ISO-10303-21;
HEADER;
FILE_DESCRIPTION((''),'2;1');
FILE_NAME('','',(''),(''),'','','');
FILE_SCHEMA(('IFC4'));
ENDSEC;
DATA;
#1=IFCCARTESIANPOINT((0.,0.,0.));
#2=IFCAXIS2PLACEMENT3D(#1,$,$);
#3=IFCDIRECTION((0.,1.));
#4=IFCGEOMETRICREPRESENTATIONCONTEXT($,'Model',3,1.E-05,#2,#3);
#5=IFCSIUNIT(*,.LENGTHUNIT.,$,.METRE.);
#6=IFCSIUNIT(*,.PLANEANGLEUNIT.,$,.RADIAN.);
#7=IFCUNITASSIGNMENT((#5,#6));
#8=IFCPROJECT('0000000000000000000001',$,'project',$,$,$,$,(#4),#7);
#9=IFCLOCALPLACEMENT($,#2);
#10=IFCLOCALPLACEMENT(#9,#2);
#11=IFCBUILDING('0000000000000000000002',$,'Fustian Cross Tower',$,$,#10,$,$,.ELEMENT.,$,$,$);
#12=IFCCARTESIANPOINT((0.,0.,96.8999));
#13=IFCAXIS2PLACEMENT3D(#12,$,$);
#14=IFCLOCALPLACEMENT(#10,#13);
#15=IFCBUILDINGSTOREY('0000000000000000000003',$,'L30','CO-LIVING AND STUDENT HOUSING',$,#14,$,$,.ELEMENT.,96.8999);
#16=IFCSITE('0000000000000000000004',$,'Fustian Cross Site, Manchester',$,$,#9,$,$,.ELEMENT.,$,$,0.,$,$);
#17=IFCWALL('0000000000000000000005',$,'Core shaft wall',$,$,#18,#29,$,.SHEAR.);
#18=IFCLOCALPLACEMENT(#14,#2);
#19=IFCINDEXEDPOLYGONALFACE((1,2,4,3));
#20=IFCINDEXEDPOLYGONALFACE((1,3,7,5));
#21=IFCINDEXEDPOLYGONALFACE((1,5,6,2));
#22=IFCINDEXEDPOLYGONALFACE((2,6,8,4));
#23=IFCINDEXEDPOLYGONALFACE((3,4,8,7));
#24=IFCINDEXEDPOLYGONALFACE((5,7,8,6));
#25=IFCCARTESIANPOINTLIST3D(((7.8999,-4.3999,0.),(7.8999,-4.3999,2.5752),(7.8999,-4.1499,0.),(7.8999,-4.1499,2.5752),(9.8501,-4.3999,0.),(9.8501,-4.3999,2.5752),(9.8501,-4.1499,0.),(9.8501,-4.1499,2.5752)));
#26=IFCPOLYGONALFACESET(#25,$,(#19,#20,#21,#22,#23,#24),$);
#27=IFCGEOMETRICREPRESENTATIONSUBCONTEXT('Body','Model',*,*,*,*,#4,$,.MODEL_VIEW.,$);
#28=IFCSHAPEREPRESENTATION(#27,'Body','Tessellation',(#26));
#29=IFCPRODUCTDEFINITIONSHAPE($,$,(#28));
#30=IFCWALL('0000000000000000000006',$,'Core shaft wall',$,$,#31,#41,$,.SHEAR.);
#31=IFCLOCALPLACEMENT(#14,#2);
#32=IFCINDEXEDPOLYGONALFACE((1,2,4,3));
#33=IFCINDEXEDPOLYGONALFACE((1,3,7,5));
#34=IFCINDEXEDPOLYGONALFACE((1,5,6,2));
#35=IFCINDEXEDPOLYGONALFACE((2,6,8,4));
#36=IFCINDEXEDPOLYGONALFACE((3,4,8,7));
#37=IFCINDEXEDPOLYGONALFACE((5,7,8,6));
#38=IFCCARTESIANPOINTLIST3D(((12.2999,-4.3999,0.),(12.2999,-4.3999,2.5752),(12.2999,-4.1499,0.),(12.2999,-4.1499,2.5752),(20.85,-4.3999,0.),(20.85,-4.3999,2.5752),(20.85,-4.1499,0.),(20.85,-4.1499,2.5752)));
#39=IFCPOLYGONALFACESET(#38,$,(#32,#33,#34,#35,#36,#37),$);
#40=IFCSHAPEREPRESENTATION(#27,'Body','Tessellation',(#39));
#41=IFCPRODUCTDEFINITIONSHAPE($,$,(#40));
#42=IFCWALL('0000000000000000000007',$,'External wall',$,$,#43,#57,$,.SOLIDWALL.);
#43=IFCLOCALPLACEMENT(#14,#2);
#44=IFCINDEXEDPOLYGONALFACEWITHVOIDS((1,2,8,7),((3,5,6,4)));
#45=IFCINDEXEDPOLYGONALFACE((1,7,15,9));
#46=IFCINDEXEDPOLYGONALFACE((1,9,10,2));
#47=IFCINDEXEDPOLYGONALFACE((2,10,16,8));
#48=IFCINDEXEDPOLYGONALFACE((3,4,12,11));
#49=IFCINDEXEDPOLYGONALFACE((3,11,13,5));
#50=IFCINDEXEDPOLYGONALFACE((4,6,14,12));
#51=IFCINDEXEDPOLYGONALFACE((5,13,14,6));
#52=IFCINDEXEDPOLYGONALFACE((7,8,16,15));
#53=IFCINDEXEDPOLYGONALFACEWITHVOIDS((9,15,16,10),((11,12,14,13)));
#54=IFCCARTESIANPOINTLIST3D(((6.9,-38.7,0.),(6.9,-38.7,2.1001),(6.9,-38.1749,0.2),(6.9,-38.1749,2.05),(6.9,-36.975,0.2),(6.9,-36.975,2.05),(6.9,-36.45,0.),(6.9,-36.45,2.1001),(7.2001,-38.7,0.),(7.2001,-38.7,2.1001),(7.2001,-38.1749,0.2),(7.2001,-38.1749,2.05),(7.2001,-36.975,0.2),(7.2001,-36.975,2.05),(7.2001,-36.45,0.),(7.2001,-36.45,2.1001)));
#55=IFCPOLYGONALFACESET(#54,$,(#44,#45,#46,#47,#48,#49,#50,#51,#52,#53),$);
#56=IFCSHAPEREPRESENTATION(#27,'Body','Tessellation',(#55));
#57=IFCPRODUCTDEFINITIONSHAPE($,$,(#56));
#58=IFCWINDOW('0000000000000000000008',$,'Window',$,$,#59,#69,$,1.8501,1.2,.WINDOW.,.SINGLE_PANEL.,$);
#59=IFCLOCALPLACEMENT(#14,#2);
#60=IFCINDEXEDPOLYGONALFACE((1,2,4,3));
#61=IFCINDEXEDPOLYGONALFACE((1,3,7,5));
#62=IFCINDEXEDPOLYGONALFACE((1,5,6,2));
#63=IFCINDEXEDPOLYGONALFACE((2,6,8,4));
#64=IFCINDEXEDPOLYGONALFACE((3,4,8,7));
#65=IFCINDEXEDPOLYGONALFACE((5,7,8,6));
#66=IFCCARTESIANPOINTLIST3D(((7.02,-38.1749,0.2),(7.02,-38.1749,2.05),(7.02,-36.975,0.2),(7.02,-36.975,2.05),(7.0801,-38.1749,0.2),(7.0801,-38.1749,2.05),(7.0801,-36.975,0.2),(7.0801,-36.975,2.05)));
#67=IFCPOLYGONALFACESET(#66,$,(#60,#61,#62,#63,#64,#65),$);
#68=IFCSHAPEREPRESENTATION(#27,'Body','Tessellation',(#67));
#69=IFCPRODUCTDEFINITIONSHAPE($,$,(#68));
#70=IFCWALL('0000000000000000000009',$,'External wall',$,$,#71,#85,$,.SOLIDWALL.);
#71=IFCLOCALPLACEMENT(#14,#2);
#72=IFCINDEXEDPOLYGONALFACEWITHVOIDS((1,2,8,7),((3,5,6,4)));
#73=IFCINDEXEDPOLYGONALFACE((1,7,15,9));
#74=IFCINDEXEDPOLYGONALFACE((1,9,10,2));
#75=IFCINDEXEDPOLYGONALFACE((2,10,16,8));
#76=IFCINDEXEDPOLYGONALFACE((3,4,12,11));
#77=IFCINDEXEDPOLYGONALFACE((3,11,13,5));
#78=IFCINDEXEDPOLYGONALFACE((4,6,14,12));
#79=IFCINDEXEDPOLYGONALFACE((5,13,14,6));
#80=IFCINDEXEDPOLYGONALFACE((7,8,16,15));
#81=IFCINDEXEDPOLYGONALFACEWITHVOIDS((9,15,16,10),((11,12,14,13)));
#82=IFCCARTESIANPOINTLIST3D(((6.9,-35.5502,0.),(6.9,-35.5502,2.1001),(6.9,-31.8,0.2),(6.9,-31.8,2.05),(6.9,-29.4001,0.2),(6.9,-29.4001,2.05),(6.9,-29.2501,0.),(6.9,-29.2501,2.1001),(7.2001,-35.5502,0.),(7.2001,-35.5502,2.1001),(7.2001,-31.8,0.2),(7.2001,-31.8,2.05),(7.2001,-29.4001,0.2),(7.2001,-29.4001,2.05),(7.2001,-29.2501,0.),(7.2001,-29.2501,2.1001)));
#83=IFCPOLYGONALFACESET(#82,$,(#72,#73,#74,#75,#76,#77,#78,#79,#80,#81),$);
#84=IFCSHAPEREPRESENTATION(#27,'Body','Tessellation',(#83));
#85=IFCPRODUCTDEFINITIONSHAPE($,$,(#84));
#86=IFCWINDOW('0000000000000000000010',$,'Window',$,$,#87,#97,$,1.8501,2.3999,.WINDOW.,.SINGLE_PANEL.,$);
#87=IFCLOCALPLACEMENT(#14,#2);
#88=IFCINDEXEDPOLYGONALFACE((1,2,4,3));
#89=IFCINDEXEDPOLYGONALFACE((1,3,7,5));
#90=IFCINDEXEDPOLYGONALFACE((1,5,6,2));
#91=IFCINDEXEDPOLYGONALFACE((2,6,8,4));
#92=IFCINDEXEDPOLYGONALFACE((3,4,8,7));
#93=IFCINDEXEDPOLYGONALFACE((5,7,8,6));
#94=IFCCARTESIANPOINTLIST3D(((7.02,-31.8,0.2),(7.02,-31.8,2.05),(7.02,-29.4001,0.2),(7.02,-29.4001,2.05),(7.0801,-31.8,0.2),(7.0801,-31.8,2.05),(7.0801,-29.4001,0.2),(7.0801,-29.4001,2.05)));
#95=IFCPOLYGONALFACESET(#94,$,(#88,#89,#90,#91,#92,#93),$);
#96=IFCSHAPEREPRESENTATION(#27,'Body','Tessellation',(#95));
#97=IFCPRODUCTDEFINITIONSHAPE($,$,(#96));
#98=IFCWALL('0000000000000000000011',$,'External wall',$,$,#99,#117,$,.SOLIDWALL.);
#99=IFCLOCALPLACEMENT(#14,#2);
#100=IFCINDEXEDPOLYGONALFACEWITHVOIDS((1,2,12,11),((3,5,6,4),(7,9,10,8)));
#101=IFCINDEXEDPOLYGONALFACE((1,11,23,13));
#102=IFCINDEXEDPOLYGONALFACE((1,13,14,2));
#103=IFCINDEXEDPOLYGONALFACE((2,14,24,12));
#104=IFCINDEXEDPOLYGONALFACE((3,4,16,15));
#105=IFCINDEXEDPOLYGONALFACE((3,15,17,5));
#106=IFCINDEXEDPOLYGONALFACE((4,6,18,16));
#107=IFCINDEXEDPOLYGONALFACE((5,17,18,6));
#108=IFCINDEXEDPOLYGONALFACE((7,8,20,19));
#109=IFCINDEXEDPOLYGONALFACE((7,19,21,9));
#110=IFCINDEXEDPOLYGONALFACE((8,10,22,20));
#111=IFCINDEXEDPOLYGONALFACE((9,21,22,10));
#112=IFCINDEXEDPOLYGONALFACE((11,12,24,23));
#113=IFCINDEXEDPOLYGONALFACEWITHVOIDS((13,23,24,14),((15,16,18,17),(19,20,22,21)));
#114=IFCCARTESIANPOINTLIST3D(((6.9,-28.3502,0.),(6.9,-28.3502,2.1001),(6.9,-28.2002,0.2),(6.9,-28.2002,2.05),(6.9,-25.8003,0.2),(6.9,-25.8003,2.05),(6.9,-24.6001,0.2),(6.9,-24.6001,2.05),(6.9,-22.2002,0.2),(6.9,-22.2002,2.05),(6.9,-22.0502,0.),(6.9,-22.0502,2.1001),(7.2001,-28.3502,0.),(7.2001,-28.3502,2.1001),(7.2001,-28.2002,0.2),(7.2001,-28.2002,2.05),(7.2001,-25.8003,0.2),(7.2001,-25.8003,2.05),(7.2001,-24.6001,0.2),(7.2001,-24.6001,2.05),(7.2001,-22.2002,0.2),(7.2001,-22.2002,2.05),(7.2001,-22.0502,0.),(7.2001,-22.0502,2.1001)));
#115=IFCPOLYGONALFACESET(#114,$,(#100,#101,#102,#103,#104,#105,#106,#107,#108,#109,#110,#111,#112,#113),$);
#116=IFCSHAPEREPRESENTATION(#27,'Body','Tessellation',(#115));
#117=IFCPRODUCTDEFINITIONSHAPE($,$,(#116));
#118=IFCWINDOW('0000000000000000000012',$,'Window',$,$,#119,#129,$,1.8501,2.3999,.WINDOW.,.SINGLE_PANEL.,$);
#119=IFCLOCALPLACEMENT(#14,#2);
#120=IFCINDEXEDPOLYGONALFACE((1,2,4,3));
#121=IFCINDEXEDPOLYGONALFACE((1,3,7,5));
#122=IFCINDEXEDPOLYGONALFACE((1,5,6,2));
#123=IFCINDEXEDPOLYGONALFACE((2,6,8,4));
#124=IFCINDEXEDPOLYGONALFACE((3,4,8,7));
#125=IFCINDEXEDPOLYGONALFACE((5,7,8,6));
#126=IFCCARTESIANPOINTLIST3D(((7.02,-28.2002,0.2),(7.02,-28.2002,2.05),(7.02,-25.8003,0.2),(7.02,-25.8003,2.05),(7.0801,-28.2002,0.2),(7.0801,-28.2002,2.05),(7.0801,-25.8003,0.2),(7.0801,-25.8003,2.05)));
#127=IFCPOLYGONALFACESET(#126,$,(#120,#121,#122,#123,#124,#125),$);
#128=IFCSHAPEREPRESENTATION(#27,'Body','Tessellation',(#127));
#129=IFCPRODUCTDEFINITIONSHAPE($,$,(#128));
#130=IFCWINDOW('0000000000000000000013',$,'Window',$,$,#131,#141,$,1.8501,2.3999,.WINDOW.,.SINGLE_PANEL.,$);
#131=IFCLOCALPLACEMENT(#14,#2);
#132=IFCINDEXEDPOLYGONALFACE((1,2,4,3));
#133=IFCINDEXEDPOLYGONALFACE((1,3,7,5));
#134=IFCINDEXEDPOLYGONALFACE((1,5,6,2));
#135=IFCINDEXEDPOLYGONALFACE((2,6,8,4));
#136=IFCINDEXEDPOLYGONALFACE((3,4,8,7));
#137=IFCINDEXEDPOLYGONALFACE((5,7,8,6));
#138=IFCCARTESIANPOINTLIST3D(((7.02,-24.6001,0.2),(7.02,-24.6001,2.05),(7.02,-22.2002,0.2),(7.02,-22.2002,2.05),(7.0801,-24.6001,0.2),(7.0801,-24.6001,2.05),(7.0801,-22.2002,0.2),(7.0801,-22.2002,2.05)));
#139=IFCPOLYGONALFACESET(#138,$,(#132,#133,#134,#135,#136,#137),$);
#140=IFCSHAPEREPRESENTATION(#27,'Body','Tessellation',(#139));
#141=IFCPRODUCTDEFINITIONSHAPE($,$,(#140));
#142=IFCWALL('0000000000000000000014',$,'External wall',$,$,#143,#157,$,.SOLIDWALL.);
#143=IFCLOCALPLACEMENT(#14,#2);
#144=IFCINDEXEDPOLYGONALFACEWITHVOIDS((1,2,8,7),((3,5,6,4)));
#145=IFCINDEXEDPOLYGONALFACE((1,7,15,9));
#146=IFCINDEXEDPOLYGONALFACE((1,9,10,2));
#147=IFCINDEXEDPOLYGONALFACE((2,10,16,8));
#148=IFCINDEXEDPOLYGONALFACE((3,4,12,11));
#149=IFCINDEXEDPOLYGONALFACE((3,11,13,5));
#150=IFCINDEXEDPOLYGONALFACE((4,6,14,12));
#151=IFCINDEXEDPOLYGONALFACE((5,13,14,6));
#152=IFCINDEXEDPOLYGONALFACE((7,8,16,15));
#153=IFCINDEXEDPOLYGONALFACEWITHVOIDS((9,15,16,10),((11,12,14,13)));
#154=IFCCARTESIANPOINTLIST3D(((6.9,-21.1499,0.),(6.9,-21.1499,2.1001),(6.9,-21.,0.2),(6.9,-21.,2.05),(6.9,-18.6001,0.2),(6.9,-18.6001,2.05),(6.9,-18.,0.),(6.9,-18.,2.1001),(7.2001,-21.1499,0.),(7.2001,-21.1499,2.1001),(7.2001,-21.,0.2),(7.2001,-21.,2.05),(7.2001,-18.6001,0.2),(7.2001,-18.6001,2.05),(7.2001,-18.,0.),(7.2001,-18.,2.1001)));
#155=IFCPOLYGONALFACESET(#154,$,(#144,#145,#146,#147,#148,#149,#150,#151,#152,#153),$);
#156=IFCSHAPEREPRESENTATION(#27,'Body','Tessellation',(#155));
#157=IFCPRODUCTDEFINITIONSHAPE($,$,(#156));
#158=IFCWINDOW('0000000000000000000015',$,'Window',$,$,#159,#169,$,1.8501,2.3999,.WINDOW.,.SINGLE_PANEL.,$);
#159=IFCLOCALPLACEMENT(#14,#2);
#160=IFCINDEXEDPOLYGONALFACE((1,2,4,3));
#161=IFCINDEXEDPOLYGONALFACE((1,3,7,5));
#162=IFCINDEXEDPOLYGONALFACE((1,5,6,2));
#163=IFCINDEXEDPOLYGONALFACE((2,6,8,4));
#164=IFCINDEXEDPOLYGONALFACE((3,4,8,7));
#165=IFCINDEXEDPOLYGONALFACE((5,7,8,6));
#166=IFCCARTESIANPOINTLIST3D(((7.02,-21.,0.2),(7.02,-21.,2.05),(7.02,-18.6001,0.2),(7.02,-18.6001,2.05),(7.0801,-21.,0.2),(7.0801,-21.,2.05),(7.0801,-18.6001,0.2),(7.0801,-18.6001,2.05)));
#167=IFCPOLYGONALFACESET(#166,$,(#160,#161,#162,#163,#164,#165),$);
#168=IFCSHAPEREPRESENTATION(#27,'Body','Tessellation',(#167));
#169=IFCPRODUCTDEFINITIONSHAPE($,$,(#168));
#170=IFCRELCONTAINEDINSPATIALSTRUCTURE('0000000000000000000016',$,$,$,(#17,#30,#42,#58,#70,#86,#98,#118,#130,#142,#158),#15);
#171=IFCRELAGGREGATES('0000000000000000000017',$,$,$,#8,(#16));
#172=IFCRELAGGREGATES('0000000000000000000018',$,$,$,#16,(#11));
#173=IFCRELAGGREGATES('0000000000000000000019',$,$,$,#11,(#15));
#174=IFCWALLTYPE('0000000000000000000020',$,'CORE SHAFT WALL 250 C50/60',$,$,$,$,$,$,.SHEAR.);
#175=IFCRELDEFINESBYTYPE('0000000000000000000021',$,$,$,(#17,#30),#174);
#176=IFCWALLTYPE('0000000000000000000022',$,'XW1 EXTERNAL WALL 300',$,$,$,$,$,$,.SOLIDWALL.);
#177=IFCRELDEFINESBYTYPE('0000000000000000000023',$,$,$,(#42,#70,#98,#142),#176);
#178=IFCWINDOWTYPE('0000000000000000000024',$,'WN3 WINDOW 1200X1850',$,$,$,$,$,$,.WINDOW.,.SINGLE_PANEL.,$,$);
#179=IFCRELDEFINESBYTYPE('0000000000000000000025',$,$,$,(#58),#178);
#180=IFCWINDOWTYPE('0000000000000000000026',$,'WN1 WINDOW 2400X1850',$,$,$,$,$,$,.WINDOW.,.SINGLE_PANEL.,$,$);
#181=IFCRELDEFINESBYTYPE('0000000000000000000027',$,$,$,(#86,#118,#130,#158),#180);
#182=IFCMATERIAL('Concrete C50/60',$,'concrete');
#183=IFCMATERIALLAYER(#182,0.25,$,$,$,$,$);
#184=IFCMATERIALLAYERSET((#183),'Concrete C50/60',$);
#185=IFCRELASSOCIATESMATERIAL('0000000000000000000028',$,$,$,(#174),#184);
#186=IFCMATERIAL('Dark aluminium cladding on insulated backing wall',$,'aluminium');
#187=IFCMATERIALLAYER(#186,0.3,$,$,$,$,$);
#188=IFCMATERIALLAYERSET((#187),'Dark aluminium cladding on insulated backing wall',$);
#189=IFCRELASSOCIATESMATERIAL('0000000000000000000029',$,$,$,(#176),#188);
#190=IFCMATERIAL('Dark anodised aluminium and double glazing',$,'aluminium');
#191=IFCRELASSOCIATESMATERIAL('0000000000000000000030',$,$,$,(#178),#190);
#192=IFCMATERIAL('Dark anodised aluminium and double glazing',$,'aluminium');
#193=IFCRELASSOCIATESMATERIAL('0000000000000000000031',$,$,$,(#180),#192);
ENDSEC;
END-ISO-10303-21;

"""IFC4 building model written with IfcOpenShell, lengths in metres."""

from ifc_helpers import new_model, si_unit, direction, frame, frame_2d, origin, place, context, subcontext, project, spatial, rectangle, extrude, material, layer, layer_set, type_object, element, fill, save


model = new_model("IFC4")

# Units and contexts
model_context = context("Model", 3, precision=1e-05, world=origin(), true_north=direction((0.0, 1.0)))
body_context = subcontext(model_context, "Body", "Model", "MODEL_VIEW")
ifc_project = project(units=[si_unit("LENGTHUNIT", "METRE"), si_unit("PLANEANGLEUNIT", "RADIAN")], contexts=[model_context])

# Site, building, storey
site_placement = place(None, origin())
site = spatial("IfcSite", under=ifc_project, at=site_placement, Name="Fustian Cross Site, Manchester", CompositionType="ELEMENT", RefElevation=0.0)
building_placement = place(site_placement, origin())
building = spatial("IfcBuilding", under=site, at=building_placement, Name="Fustian Cross Tower", CompositionType="ELEMENT")
storey_placement = place(building_placement, frame((0.0, 0.0, 96.8999)))
storey = spatial("IfcBuildingStorey", under=building, at=storey_placement, Name="L30", Description="CO-LIVING AND STUDENT HOUSING", CompositionType="ELEMENT", Elevation=96.8999)

# Walls
ifc_material_1 = material(Name="Concrete C50/60", Category="concrete")
ifc_layer_1 = layer(ifc_material_1, 0.25)
ifc_layer_set_1 = layer_set([ifc_layer_1], Name="Concrete C50/60")
wall_type_1 = type_object("IfcWallType", Name="CORE SHAFT WALL 250 C50/60", PredefinedType="SHEAR", material=ifc_layer_set_1)
wall_1_placement = place(storey_placement, frame((7.8999, -4.2749, 0.0), z_axis=(0.0, 0.0, 1.0), x_axis=(1.0, 0.0, 0.0)))
element("IfcWall", 1, at=wall_1_placement, inside=storey, type_object=wall_type_1, Name="Core shaft wall", PredefinedType="SHEAR", context=body_context, shape_type="SweptSolid", body=[
    extrude(rectangle(XDim=1.9502, YDim=0.25, at=frame_2d((0.9751, 0.0))), origin(), (0.0, 0.0, 1.0), 2.5752),
])
wall_2_placement = place(storey_placement, frame((12.3, -4.2749, 0.0), z_axis=(0.0, 0.0, 1.0), x_axis=(1.0, 0.0, 0.0)))
element("IfcWall", 2, at=wall_2_placement, inside=storey, type_object=wall_type_1, Name="Core shaft wall", PredefinedType="SHEAR", context=body_context, shape_type="SweptSolid", body=[
    extrude(rectangle(XDim=8.55, YDim=0.25, at=frame_2d((4.2749, 0.0))), origin(), (0.0, 0.0, 1.0), 2.5752),
])

# Walls, openings, windows
ifc_material_2 = material(Name="Dark aluminium cladding on insulated backing wall", Category="aluminium")
ifc_layer_2 = layer(ifc_material_2, 0.3)
ifc_layer_set_2 = layer_set([ifc_layer_2], Name="Dark aluminium cladding on insulated backing wall")
wall_type_2 = type_object("IfcWallType", Name="XW1 EXTERNAL WALL 300", PredefinedType="SOLIDWALL", material=ifc_layer_set_2)
wall_3_placement = place(storey_placement, frame((7.05, -38.7, 0.0), z_axis=(0.0, 0.0, 1.0), x_axis=(0.0, 1.0, 0.0)))
wall_3 = element("IfcWall", 3, at=wall_3_placement, inside=storey, type_object=wall_type_2, Name="External wall", PredefinedType="SOLIDWALL", context=body_context, shape_type="SweptSolid", body=[
    extrude(rectangle(XDim=2.25, YDim=0.3, at=frame_2d((1.125, 0.0))), origin(), (0.0, 0.0, 1.0), 2.1001),
])
opening_1_placement = place(wall_3_placement, frame((0.5249, 0.0, 0.2)))
opening_1 = element("IfcOpeningElement", 4, at=opening_1_placement, cuts=wall_3, PredefinedType="OPENING", context=body_context, shape_type="SweptSolid", body=[
    extrude(rectangle(XDim=1.2, YDim=1.8501, at=frame_2d((0.6001, 0.925))), frame((0.0, 0.1599, 0.0), z_axis=(0.0, -1.0, 0.0), x_axis=(1.0, 0.0, 0.0)), (0.0, 0.0, 1.0), 0.3201),
])
ifc_material_3 = material(Name="Dark anodised aluminium and double glazing", Category="aluminium")
window_type_1 = type_object("IfcWindowType", Name="WN3 WINDOW 1200X1850", PartitioningType="SINGLE_PANEL", PredefinedType="WINDOW", material=ifc_material_3)
window_1_placement = place(opening_1_placement, origin())
window_1 = element("IfcWindow", 5, at=window_1_placement, inside=storey, type_object=window_type_1, Name="Window", OverallHeight=1.8501, OverallWidth=1.2, PartitioningType="SINGLE_PANEL", PredefinedType="WINDOW", context=body_context, shape_type="SweptSolid", body=[
    extrude(rectangle(XDim=1.2, YDim=1.8501, at=frame_2d((0.6001, 0.925))), frame((0.0, 0.03, 0.0), z_axis=(0.0, -1.0, 0.0), x_axis=(1.0, 0.0, 0.0)), (0.0, 0.0, 1.0), 0.0601),
])
fill(opening_1, window_1)
wall_4_placement = place(storey_placement, frame((7.05, -35.55, 0.0), z_axis=(0.0, 0.0, 1.0), x_axis=(0.0, 1.0, 0.0)))
wall_4 = element("IfcWall", 6, at=wall_4_placement, inside=storey, type_object=wall_type_2, Name="External wall", PredefinedType="SOLIDWALL", context=body_context, shape_type="SweptSolid", body=[
    extrude(rectangle(XDim=6.3, YDim=0.3, at=frame_2d((3.1499, 0.0))), origin(), (0.0, 0.0, 1.0), 2.1001),
])
opening_2_placement = place(wall_4_placement, frame((3.75, 0.0, 0.2)))
opening_2 = element("IfcOpeningElement", 7, at=opening_2_placement, cuts=wall_4, PredefinedType="OPENING", context=body_context, shape_type="SweptSolid", body=[
    extrude(rectangle(XDim=2.3999, YDim=1.8501, at=frame_2d((1.2, 0.925))), frame((0.0, 0.1599, 0.0), z_axis=(0.0, -1.0, 0.0), x_axis=(1.0, 0.0, 0.0)), (0.0, 0.0, 1.0), 0.3201),
])
ifc_material_4 = material(Name="Dark anodised aluminium and double glazing", Category="aluminium")
window_type_2 = type_object("IfcWindowType", Name="WN1 WINDOW 2400X1850", PartitioningType="SINGLE_PANEL", PredefinedType="WINDOW", material=ifc_material_4)
window_2_placement = place(opening_2_placement, origin())
window_2 = element("IfcWindow", 8, at=window_2_placement, inside=storey, type_object=window_type_2, Name="Window", OverallHeight=1.8501, OverallWidth=2.3999, PartitioningType="SINGLE_PANEL", PredefinedType="WINDOW", context=body_context, shape_type="SweptSolid", body=[
    extrude(rectangle(XDim=2.3999, YDim=1.8501, at=frame_2d((1.2, 0.925))), frame((0.0, 0.03, 0.0), z_axis=(0.0, -1.0, 0.0), x_axis=(1.0, 0.0, 0.0)), (0.0, 0.0, 1.0), 0.0601),
])
fill(opening_2, window_2)

# Wall, openings, windows
wall_5_placement = place(storey_placement, frame((7.05, -28.3501, 0.0), z_axis=(0.0, 0.0, 1.0), x_axis=(0.0, 1.0, 0.0)))
wall_5 = element("IfcWall", 9, at=wall_5_placement, inside=storey, type_object=wall_type_2, Name="External wall", PredefinedType="SOLIDWALL", context=body_context, shape_type="SweptSolid", body=[
    extrude(rectangle(XDim=6.3, YDim=0.3, at=frame_2d((3.1499, 0.0))), origin(), (0.0, 0.0, 1.0), 2.1001),
])
opening_3_placement = place(wall_5_placement, frame((0.1499, 0.0, 0.2)))
opening_3 = element("IfcOpeningElement", 10, at=opening_3_placement, cuts=wall_5, PredefinedType="OPENING", context=body_context, shape_type="SweptSolid", body=[
    extrude(rectangle(XDim=2.3999, YDim=1.8501, at=frame_2d((1.2, 0.925))), frame((0.0, 0.1599, 0.0), z_axis=(0.0, -1.0, 0.0), x_axis=(1.0, 0.0, 0.0)), (0.0, 0.0, 1.0), 0.3201),
])
opening_4_placement = place(wall_5_placement, frame((3.75, 0.0, 0.2)))
opening_4 = element("IfcOpeningElement", 11, at=opening_4_placement, cuts=wall_5, PredefinedType="OPENING", context=body_context, shape_type="SweptSolid", body=[
    extrude(rectangle(XDim=2.3999, YDim=1.8501, at=frame_2d((1.2, 0.925))), frame((0.0, 0.1599, 0.0), z_axis=(0.0, -1.0, 0.0), x_axis=(1.0, 0.0, 0.0)), (0.0, 0.0, 1.0), 0.3201),
])
window_3_placement = place(opening_3_placement, origin())
window_3 = element("IfcWindow", 12, at=window_3_placement, inside=storey, type_object=window_type_2, Name="Window", OverallHeight=1.8501, OverallWidth=2.3999, PartitioningType="SINGLE_PANEL", PredefinedType="WINDOW", context=body_context, shape_type="SweptSolid", body=[
    extrude(rectangle(XDim=2.3999, YDim=1.8501, at=frame_2d((1.2, 0.925))), frame((0.0, 0.03, 0.0), z_axis=(0.0, -1.0, 0.0), x_axis=(1.0, 0.0, 0.0)), (0.0, 0.0, 1.0), 0.0601),
])
fill(opening_3, window_3)
window_4_placement = place(opening_4_placement, origin())
window_4 = element("IfcWindow", 13, at=window_4_placement, inside=storey, type_object=window_type_2, Name="Window", OverallHeight=1.8501, OverallWidth=2.3999, PartitioningType="SINGLE_PANEL", PredefinedType="WINDOW", context=body_context, shape_type="SweptSolid", body=[
    extrude(rectangle(XDim=2.3999, YDim=1.8501, at=frame_2d((1.2, 0.925))), frame((0.0, 0.03, 0.0), z_axis=(0.0, -1.0, 0.0), x_axis=(1.0, 0.0, 0.0)), (0.0, 0.0, 1.0), 0.0601),
])
fill(opening_4, window_4)

# Wall, opening, window
wall_6_placement = place(storey_placement, frame((7.05, -21.1499, 0.0), z_axis=(0.0, 0.0, 1.0), x_axis=(0.0, 1.0, 0.0)))
wall_6 = element("IfcWall", 14, at=wall_6_placement, inside=storey, type_object=wall_type_2, Name="External wall", PredefinedType="SOLIDWALL", context=body_context, shape_type="SweptSolid", body=[
    extrude(rectangle(XDim=3.1499, YDim=0.3, at=frame_2d((1.575, 0.0))), origin(), (0.0, 0.0, 1.0), 2.1001),
])
opening_5_placement = place(wall_6_placement, frame((0.1499, 0.0, 0.2)))
opening_5 = element("IfcOpeningElement", 15, at=opening_5_placement, cuts=wall_6, PredefinedType="OPENING", context=body_context, shape_type="SweptSolid", body=[
    extrude(rectangle(XDim=2.3999, YDim=1.8501, at=frame_2d((1.2, 0.925))), frame((0.0, 0.1599, 0.0), z_axis=(0.0, -1.0, 0.0), x_axis=(1.0, 0.0, 0.0)), (0.0, 0.0, 1.0), 0.3201),
])
window_5_placement = place(opening_5_placement, origin())
window_5 = element("IfcWindow", 16, at=window_5_placement, inside=storey, type_object=window_type_2, Name="Window", OverallHeight=1.8501, OverallWidth=2.3999, PartitioningType="SINGLE_PANEL", PredefinedType="WINDOW", context=body_context, shape_type="SweptSolid", body=[
    extrude(rectangle(XDim=2.3999, YDim=1.8501, at=frame_2d((1.2, 0.925))), frame((0.0, 0.03, 0.0), z_axis=(0.0, -1.0, 0.0), x_axis=(1.0, 0.0, 0.0)), (0.0, 0.0, 1.0), 0.0601),
])
fill(opening_5, window_5)

save(model, "model.ifc")
